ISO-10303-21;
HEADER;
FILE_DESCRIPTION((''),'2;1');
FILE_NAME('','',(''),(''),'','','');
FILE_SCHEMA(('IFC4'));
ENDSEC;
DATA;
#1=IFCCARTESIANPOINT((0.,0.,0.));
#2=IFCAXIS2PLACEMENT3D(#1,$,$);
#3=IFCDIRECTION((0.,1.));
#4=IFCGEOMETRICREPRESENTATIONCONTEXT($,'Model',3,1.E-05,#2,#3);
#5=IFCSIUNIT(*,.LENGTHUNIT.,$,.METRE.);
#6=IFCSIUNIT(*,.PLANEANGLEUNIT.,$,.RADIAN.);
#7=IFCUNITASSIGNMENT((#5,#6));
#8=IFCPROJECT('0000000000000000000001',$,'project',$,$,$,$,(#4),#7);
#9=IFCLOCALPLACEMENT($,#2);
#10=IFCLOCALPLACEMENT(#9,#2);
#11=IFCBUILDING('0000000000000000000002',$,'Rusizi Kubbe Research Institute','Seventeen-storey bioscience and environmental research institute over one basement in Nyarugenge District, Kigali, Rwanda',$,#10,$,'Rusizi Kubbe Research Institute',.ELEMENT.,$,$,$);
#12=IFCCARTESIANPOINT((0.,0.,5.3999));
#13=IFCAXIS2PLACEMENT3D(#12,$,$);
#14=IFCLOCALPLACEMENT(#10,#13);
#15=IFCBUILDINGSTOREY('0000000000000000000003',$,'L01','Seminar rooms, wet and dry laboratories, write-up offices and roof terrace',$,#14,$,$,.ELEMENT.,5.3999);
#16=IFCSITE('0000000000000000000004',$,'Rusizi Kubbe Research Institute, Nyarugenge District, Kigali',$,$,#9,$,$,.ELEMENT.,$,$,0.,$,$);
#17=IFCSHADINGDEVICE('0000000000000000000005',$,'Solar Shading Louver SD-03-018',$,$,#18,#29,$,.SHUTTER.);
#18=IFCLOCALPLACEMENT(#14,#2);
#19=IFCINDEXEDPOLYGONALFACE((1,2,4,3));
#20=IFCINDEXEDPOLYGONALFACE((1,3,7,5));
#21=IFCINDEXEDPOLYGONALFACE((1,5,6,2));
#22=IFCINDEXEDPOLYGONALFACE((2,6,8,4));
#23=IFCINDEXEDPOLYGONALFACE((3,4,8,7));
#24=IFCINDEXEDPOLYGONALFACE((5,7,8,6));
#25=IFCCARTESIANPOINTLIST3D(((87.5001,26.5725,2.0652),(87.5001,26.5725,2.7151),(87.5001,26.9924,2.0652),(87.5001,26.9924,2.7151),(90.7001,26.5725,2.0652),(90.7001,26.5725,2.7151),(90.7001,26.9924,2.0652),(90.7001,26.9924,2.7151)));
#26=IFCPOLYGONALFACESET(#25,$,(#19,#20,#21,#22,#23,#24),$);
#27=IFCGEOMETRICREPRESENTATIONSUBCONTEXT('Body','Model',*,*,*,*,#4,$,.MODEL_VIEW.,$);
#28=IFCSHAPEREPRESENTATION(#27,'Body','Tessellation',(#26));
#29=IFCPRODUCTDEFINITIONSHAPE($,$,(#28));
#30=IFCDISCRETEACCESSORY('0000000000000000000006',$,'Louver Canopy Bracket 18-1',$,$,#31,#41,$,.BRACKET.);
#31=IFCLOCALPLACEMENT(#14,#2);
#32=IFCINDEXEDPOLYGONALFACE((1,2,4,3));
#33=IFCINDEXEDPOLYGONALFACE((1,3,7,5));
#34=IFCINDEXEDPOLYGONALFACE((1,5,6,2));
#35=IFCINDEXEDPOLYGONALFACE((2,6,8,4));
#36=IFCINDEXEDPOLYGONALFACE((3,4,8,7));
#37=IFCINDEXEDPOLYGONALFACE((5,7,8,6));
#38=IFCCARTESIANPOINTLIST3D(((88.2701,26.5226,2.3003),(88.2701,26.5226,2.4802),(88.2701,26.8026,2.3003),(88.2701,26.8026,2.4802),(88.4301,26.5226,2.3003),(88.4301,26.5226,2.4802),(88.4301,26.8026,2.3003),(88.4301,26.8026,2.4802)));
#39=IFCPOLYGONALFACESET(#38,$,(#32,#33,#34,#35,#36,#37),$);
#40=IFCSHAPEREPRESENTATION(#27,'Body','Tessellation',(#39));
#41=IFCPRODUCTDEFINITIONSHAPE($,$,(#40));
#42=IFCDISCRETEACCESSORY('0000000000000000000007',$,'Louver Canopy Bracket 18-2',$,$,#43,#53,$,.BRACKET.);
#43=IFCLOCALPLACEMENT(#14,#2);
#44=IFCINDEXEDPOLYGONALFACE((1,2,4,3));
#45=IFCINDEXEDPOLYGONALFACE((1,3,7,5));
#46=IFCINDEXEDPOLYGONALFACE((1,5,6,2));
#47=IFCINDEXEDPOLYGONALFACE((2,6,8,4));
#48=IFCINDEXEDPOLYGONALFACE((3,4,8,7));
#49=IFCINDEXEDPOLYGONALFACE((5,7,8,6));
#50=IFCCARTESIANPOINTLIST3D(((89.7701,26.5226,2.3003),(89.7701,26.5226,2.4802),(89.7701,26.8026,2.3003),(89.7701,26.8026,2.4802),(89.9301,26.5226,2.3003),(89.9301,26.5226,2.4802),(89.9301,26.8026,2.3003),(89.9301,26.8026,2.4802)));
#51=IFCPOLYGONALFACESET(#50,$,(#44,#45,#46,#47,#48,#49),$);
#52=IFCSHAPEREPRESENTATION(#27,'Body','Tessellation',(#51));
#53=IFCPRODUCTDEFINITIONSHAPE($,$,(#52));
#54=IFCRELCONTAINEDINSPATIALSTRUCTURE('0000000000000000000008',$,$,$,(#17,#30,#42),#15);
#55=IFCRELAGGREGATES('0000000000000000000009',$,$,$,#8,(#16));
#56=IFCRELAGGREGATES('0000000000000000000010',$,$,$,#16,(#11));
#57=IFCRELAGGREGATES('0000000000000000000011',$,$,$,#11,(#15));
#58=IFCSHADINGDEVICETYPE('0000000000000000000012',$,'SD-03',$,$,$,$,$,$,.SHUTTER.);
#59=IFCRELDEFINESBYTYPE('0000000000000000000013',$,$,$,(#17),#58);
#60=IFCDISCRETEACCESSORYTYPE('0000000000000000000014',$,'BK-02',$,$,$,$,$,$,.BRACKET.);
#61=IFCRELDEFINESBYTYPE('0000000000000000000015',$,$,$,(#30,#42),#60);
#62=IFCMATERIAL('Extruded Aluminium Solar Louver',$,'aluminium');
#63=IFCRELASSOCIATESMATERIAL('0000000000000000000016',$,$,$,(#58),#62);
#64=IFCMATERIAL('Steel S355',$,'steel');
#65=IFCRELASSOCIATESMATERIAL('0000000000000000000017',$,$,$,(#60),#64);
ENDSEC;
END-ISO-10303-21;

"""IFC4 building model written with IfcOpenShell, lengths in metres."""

from ifc_helpers import new_model, si_unit, direction, frame, origin, origin_2d, place, context, subcontext, project, spatial, rectangle, extrude, material, type_object, element, save


model = new_model("IFC4")

# Units and contexts
model_context = context("Model", 3, precision=1e-05, world=origin(), true_north=direction((0.0, 1.0)))
body_context = subcontext(model_context, "Body", "Model", "MODEL_VIEW")
ifc_project = project(units=[si_unit("LENGTHUNIT", "METRE"), si_unit("PLANEANGLEUNIT", "RADIAN")], contexts=[model_context])

# Site, building, storey
site_placement = place(None, origin())
site = spatial("IfcSite", under=ifc_project, at=site_placement, Name="Rusizi Kubbe Research Institute, Nyarugenge District, Kigali", CompositionType="ELEMENT", RefElevation=0.0)
building_placement = place(site_placement, origin())
building = spatial("IfcBuilding", under=site, at=building_placement, Name="Rusizi Kubbe Research Institute", Description="Seventeen-storey bioscience and environmental research institute over one basement in Nyarugenge District, Kigali, Rwanda", LongName="Rusizi Kubbe Research Institute", CompositionType="ELEMENT")
storey_placement = place(building_placement, frame((0.0, 0.0, 5.3999)))
storey = spatial("IfcBuildingStorey", under=building, at=storey_placement, Name="L01", Description="Seminar rooms, wet and dry laboratories, write-up offices and roof terrace", CompositionType="ELEMENT", Elevation=5.3999)

# Shading device
ifc_material_1 = material(Name="Extruded Aluminium Solar Louver", Category="aluminium")
shading_device_type = type_object("IfcShadingDeviceType", Name="SD-03", PredefinedType="SHUTTER", material=ifc_material_1)
shading_device_placement = place(storey_placement, frame((89.1001, 26.7825, 2.0652), z_axis=(0.0, 0.0, 1.0), x_axis=(1.0, 0.0, 0.0)))
element("IfcShadingDevice", 1, at=shading_device_placement, inside=storey, type_object=shading_device_type, Name="Solar Shading Louver SD-03-018", PredefinedType="SHUTTER", context=body_context, shape_type="SweptSolid", body=[
    extrude(rectangle(XDim=3.2, YDim=0.4199, at=origin_2d()), origin(), (0.0, 0.0, 1.0), 0.6499),
])

# Discrete accessories
ifc_material_2 = material(Name="Steel S355", Category="steel")
discrete_accessory_type = type_object("IfcDiscreteAccessoryType", Name="BK-02", PredefinedType="BRACKET", material=ifc_material_2)
for number, where, z_axis, x_axis, name in (
    (2, (88.3501, 26.6626, 2.3003), (0.0, 0.0, 1.0), (1.0, 0.0, 0.0), "Louver Canopy Bracket 18-1"),
    (3, (89.8501, 26.6626, 2.3003), (0.0, 0.0, 1.0), (1.0, 0.0, 0.0), "Louver Canopy Bracket 18-2"),
):
    element("IfcDiscreteAccessory", number, at=place(storey_placement, frame(where, z_axis=z_axis, x_axis=x_axis)), inside=storey, type_object=discrete_accessory_type, Name=name, PredefinedType="BRACKET", context=body_context, shape_type="SweptSolid", body=[
        extrude(rectangle(XDim=0.1599, YDim=0.28, at=origin_2d()), origin(), (0.0, 0.0, 1.0), 0.1799),
    ])

save(model, "model.ifc")
